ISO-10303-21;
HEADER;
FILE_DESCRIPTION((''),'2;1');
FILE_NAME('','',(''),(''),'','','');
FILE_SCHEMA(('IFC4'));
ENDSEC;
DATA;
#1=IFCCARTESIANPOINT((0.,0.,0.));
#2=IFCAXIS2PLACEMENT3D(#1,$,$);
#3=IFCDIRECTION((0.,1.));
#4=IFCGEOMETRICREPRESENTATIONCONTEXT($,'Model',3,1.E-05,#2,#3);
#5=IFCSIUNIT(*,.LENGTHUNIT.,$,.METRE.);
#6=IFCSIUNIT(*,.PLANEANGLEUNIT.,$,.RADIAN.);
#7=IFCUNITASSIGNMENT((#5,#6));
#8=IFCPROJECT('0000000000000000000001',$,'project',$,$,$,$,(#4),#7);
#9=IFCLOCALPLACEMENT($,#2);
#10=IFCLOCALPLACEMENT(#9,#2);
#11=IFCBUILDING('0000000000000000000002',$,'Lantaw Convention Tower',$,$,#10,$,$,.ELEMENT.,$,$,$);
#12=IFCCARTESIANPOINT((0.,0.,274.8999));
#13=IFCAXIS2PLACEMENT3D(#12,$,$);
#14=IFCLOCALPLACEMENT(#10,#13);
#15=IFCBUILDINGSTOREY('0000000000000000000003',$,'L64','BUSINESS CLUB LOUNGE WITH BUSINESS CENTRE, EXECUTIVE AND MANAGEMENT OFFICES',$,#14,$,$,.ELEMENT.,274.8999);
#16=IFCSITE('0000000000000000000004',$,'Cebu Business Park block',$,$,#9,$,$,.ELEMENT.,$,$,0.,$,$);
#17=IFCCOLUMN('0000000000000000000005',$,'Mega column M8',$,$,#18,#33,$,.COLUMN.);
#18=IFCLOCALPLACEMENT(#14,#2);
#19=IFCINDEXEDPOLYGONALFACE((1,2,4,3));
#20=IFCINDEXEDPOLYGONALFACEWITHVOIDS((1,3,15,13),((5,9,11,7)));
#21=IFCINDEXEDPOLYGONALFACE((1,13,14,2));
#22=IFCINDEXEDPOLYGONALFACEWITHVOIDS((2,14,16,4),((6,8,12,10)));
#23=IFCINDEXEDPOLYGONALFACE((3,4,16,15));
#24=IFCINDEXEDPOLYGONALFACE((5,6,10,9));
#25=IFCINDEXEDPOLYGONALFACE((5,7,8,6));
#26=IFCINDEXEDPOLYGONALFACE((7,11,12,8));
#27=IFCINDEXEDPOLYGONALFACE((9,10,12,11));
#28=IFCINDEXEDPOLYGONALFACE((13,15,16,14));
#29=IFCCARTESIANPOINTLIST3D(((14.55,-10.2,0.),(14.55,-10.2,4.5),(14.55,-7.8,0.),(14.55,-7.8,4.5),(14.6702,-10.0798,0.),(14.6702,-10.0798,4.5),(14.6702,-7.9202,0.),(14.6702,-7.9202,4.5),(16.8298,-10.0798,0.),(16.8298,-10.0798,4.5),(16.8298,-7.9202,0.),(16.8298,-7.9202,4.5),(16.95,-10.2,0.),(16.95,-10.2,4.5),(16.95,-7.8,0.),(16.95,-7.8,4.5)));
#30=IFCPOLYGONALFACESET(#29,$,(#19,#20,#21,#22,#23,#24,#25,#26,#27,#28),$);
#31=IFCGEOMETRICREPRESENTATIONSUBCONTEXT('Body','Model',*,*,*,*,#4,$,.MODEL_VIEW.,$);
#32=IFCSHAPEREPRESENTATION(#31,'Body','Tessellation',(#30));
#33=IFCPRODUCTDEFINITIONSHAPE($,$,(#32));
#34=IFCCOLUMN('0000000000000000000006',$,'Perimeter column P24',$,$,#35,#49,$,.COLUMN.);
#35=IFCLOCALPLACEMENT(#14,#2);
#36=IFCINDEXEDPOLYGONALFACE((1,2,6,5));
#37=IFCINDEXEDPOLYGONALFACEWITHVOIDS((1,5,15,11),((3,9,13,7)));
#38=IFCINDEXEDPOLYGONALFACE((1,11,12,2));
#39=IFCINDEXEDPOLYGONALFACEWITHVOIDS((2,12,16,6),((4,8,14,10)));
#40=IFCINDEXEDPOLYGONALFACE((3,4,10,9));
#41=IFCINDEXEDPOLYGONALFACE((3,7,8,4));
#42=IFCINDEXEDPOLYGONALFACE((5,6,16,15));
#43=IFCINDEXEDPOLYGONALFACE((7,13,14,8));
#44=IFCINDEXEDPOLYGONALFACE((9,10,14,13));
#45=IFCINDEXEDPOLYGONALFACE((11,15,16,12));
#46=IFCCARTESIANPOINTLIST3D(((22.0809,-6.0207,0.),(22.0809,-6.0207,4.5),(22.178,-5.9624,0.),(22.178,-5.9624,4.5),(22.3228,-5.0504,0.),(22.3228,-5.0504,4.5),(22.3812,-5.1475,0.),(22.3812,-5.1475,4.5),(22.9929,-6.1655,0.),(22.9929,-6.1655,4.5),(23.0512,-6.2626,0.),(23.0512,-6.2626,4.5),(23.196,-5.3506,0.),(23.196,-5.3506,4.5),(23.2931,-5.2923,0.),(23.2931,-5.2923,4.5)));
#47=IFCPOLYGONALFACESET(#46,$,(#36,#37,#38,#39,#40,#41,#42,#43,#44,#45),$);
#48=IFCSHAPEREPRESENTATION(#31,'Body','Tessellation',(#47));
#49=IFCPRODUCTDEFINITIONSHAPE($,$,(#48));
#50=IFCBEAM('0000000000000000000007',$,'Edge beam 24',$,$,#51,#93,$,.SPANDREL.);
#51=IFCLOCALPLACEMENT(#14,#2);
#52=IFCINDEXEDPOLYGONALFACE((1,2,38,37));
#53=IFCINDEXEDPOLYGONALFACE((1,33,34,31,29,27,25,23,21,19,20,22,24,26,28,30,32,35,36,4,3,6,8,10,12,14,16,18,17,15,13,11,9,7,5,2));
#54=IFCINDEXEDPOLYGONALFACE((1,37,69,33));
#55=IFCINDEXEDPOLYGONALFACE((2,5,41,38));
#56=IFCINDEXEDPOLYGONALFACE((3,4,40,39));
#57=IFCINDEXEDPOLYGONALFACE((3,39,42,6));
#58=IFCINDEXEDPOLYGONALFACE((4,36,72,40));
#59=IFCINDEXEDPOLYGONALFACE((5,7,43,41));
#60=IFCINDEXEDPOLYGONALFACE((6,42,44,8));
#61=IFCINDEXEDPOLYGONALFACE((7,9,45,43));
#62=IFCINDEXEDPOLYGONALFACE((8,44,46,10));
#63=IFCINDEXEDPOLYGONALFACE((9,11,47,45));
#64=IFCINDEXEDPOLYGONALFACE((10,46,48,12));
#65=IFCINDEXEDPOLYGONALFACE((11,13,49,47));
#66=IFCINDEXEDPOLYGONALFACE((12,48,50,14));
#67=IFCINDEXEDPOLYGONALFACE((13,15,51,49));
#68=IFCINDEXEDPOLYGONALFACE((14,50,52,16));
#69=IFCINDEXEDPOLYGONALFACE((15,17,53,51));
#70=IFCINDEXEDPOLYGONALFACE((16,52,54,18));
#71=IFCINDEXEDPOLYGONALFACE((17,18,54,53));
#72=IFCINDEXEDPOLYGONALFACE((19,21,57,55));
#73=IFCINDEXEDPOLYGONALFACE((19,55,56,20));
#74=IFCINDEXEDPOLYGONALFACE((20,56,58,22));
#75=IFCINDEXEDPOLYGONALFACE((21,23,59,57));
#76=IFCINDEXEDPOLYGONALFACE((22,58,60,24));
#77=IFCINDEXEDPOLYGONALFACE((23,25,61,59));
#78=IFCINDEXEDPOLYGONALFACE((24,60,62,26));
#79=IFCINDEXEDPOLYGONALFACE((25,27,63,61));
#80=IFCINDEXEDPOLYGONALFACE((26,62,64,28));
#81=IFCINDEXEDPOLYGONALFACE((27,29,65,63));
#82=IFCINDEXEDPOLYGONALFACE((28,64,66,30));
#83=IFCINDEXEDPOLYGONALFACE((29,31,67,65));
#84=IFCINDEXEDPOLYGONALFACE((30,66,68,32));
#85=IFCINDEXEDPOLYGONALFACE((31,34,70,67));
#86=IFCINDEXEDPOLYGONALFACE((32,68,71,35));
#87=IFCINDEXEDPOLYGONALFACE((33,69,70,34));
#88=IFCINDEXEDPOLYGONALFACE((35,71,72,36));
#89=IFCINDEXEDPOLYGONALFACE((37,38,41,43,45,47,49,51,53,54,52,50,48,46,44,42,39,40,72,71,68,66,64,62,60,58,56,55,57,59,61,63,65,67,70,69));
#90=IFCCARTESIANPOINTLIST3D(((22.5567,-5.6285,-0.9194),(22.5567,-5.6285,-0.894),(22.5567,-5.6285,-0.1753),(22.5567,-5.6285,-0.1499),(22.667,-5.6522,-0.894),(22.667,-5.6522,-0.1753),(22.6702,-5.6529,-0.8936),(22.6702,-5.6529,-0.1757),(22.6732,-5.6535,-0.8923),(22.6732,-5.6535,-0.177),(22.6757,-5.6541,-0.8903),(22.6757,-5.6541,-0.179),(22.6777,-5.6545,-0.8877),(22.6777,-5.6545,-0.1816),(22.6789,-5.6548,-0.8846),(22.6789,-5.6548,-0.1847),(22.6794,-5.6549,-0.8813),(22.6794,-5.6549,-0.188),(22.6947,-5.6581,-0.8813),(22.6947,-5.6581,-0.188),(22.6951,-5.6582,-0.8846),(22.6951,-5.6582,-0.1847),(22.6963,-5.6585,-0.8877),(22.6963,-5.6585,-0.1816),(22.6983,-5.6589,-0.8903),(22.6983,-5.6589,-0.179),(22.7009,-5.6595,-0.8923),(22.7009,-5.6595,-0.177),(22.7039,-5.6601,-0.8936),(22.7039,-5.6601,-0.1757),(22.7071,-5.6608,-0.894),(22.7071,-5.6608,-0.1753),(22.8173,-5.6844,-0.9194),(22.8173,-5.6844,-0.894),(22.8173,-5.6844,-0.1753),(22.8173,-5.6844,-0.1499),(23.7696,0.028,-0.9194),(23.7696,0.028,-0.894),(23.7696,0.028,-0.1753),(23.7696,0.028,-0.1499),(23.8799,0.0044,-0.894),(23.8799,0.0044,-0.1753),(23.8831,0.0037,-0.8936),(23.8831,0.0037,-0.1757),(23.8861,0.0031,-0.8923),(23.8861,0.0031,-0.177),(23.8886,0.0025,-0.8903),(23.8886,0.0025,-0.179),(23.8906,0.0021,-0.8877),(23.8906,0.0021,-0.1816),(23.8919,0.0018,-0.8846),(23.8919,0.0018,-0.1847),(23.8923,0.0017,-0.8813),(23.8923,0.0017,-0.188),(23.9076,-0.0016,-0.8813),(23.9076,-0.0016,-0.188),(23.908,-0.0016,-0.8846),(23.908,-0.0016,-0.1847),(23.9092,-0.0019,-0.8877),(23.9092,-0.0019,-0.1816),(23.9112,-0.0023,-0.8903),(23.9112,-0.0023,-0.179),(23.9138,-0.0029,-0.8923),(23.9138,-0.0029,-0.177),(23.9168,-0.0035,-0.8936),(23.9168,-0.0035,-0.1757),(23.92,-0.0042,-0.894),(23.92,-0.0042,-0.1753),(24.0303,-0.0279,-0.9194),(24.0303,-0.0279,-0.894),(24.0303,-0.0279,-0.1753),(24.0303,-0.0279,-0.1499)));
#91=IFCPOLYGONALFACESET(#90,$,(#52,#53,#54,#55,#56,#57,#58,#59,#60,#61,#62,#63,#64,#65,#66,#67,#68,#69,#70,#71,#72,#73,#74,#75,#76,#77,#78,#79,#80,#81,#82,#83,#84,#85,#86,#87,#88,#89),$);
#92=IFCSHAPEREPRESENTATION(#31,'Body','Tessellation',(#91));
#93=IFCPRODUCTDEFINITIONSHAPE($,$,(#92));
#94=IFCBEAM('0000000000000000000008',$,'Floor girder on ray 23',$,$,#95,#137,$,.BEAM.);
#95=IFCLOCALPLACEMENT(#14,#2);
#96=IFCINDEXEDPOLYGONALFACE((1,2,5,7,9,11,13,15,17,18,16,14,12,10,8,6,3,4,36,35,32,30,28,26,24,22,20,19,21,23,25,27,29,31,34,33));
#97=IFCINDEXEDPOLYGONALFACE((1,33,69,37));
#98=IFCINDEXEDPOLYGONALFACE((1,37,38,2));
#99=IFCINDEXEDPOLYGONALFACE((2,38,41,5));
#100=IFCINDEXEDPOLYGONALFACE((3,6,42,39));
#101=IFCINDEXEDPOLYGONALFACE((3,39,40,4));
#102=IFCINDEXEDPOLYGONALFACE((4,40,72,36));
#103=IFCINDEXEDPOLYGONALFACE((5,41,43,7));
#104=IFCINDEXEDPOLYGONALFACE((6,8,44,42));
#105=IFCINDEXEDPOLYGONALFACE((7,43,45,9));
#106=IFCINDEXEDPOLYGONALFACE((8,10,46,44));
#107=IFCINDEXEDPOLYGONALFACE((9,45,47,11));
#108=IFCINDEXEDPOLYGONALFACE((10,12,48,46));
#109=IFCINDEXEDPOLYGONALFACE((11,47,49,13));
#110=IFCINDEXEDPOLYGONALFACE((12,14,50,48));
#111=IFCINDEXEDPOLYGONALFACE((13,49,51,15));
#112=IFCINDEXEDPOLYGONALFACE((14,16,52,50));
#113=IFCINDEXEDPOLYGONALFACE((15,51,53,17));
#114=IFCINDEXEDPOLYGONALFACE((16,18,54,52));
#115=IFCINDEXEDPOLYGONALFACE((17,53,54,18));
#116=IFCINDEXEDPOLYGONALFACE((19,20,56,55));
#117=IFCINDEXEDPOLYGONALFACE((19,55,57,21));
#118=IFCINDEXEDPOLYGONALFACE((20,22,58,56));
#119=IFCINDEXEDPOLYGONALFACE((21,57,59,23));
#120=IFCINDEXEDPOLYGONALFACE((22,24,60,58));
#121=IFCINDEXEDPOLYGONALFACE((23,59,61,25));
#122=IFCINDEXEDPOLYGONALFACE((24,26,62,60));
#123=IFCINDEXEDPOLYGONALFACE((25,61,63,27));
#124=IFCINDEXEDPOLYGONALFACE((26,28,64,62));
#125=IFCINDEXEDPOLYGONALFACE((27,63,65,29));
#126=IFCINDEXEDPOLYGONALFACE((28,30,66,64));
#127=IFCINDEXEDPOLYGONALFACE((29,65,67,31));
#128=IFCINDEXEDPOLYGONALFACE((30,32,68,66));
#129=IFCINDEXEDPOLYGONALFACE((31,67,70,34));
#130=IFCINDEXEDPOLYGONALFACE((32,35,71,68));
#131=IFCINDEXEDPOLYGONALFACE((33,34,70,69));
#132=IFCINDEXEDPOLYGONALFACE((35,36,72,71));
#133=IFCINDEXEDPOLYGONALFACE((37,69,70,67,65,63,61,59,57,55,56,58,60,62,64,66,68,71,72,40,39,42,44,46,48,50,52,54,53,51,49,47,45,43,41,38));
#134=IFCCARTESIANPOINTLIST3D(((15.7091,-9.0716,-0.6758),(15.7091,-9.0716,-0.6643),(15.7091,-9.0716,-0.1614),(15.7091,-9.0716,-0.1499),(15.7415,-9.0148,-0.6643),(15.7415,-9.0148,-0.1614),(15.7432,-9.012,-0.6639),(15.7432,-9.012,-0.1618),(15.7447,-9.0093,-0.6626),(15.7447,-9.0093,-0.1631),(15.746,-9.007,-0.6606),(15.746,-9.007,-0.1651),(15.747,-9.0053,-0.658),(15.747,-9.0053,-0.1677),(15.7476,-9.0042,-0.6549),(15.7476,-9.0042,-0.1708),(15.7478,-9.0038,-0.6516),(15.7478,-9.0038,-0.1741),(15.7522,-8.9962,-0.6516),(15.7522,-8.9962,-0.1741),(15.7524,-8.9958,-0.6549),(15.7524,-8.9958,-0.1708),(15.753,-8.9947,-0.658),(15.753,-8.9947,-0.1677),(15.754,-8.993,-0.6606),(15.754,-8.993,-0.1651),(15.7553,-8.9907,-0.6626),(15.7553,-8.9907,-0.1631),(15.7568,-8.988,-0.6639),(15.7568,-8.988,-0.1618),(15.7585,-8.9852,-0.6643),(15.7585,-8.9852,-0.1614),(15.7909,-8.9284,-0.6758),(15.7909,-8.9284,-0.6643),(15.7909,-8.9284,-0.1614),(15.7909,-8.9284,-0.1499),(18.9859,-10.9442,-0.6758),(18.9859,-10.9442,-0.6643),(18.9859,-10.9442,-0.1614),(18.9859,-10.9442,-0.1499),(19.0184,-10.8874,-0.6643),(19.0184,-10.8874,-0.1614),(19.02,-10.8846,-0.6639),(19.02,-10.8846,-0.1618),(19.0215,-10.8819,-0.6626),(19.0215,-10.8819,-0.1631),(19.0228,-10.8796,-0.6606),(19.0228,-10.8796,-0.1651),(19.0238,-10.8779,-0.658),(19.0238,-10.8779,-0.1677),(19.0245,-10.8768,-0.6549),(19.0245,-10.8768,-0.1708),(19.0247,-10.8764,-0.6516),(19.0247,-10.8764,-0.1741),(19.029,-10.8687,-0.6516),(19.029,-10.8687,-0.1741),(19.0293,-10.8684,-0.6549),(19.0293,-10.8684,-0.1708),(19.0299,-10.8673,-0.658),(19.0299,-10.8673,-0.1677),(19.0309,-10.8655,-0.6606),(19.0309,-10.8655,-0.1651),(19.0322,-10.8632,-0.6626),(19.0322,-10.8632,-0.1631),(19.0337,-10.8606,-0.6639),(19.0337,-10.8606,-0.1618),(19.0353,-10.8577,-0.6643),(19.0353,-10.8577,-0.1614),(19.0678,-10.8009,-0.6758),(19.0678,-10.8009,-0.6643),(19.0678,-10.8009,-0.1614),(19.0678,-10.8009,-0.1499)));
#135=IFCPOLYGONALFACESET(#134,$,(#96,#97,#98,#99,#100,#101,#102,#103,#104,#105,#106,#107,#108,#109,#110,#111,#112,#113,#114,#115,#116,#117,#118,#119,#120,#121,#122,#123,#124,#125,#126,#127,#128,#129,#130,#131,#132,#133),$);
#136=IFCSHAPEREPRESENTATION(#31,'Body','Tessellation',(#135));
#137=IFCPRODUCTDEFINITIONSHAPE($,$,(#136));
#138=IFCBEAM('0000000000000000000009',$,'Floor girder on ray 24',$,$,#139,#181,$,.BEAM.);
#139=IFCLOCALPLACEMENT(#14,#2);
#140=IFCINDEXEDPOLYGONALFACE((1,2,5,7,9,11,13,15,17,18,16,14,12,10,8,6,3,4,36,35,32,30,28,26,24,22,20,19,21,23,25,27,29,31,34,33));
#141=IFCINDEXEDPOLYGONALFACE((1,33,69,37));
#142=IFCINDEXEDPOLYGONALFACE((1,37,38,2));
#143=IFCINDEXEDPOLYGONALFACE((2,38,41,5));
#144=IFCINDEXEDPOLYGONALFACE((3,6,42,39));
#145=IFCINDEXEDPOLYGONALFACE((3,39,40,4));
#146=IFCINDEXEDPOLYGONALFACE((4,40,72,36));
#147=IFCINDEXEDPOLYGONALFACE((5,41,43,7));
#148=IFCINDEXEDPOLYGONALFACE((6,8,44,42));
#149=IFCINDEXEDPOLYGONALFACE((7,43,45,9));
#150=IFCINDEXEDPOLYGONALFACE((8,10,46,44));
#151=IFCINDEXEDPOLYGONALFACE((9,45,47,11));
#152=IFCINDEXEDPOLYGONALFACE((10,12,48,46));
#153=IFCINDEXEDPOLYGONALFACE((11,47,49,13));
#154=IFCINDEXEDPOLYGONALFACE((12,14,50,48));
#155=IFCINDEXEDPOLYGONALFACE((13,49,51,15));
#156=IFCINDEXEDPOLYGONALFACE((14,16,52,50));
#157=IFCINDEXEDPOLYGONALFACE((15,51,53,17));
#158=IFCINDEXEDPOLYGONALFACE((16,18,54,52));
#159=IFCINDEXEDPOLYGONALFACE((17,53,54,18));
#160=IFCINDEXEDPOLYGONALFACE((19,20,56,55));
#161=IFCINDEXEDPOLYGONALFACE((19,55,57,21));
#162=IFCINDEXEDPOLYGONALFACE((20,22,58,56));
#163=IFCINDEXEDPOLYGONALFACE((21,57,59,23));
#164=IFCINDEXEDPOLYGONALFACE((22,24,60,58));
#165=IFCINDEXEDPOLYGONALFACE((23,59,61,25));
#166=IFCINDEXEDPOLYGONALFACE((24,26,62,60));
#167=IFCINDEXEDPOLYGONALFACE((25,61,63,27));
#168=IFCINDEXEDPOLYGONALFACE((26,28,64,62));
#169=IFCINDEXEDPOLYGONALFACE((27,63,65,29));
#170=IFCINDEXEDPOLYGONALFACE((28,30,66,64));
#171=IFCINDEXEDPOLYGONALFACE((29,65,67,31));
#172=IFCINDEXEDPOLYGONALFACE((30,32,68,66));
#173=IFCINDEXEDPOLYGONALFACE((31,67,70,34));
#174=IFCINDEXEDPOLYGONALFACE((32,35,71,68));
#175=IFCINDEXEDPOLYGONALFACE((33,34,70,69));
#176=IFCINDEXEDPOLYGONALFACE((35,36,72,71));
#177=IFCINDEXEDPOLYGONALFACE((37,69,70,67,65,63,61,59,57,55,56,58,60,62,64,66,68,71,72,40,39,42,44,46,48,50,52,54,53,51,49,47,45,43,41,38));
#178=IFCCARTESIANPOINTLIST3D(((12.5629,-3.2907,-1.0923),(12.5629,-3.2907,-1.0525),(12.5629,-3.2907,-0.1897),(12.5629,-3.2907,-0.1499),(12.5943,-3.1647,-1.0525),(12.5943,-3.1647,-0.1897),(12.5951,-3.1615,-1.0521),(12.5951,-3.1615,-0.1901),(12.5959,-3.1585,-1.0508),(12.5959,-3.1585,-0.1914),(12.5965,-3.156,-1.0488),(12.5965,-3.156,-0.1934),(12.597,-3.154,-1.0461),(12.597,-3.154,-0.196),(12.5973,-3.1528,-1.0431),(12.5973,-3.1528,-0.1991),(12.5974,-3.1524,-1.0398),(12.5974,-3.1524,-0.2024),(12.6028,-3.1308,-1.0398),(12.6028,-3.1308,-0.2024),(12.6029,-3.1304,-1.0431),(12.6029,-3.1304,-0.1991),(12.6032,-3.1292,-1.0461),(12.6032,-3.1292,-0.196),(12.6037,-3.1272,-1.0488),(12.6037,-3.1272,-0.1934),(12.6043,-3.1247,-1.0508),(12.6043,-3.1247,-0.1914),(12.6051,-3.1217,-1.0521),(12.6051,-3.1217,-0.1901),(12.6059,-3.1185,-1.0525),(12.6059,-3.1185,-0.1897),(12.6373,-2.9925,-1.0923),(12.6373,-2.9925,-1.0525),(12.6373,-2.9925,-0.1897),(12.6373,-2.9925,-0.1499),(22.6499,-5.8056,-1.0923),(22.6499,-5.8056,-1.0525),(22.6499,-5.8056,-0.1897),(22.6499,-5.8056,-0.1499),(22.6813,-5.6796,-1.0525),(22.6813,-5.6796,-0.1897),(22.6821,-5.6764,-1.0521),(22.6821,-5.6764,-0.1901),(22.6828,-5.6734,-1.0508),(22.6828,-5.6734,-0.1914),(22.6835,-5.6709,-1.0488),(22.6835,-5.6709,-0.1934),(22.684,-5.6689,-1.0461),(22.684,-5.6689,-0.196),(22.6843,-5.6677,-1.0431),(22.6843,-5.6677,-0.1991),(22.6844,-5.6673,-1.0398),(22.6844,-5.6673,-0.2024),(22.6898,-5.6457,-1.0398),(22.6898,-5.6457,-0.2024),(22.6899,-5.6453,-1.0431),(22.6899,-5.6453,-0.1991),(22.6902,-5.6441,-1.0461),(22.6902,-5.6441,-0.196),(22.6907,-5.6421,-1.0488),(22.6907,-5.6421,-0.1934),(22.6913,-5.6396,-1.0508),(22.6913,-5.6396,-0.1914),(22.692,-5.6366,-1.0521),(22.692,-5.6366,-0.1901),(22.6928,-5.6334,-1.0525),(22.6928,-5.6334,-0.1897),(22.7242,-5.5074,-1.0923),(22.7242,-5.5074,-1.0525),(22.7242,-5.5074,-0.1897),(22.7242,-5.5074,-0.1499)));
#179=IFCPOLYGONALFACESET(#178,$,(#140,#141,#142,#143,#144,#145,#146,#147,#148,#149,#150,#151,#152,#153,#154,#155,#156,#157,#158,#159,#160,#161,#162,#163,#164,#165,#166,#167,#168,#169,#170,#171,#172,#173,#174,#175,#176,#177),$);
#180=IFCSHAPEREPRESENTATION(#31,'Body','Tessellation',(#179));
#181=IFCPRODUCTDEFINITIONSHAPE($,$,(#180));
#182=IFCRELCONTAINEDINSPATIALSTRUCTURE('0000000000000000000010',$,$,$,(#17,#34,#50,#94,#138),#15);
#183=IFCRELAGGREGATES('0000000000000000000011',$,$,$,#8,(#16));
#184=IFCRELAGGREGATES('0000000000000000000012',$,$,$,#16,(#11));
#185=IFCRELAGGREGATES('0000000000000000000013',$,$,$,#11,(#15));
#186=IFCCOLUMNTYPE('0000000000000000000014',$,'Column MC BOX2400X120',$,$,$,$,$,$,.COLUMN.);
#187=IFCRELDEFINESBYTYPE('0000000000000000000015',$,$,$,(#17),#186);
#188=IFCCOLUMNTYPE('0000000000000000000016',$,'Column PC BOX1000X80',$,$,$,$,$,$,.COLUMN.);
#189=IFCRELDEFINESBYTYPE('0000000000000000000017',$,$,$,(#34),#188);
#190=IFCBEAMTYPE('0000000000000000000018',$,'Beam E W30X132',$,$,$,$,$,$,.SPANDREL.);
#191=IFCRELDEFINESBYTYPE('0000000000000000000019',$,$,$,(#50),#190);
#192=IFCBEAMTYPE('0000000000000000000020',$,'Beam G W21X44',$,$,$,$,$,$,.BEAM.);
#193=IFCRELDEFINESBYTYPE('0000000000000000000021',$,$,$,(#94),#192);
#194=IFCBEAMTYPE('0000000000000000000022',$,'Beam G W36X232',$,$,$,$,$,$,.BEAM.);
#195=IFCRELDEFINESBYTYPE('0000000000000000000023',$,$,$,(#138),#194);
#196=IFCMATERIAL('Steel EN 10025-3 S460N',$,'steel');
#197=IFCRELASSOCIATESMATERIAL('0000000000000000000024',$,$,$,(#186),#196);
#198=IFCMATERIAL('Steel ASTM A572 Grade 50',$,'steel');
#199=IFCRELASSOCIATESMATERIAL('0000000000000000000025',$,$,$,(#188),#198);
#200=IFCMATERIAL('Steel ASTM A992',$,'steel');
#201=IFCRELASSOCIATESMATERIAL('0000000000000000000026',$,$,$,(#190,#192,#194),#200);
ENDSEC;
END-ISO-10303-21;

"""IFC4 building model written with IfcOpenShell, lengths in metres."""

from ifc_helpers import new_model, si_unit, direction, frame, origin, origin_2d, place, context, subcontext, project, spatial, rectangle, hollow_rectangle, i_section, extrude, material, material_profile, profile_set, type_object, element, save


model = new_model("IFC4")

# Units and contexts
model_context = context("Model", 3, precision=1e-05, world=origin(), true_north=direction((0.0, 1.0)))
body_context = subcontext(model_context, "Body", "Model", "MODEL_VIEW")
ifc_project = project(units=[si_unit("LENGTHUNIT", "METRE"), si_unit("PLANEANGLEUNIT", "RADIAN")], contexts=[model_context])

# Site, building, storey
site_placement = place(None, origin())
site = spatial("IfcSite", under=ifc_project, at=site_placement, Name="Cebu Business Park block", CompositionType="ELEMENT", RefElevation=0.0)
building_placement = place(site_placement, origin())
building = spatial("IfcBuilding", under=site, at=building_placement, Name="Lantaw Convention Tower", CompositionType="ELEMENT")
storey_placement = place(building_placement, frame((0.0, 0.0, 274.8999)))
storey = spatial("IfcBuildingStorey", under=building, at=storey_placement, Name="L64", Description="BUSINESS CLUB LOUNGE WITH BUSINESS CENTRE, EXECUTIVE AND MANAGEMENT OFFICES", CompositionType="ELEMENT", Elevation=274.8999)

# Columns
ifc_material_1 = material(Name="Steel EN 10025-3 S460N", Category="steel")
ifc_material_profile_1 = material_profile(ifc_material_1, hollow_rectangle(XDim=2.3999, YDim=2.3999, WallThickness=0.1201, at=origin_2d()), Name="BOX2400X120")
ifc_material_2 = material(Name="Concrete C60/75", Category="concrete")
ifc_material_profile_2 = material_profile(ifc_material_2, rectangle(XDim=2.1599, YDim=2.1599, at=origin_2d()), Name="Concrete fill of BOX2400X120")
ifc_profile_set_1 = profile_set([ifc_material_profile_1, ifc_material_profile_2], Name="Steel EN 10025-3 S460N")
column_type_1 = type_object("IfcColumnType", Name="Column MC BOX2400X120", PredefinedType="COLUMN", material=ifc_profile_set_1)
column_1_placement = place(storey_placement, frame((15.75, -9.0, 0.0), z_axis=(0.0, 0.0, 1.0), x_axis=(1.0, 0.0, 0.0)))
element("IfcColumn", 1, at=column_1_placement, inside=storey, type_object=column_type_1, Name="Mega column M8", PredefinedType="COLUMN", context=body_context, shape_type="SweptSolid", body=[
    extrude(hollow_rectangle(XDim=2.3999, YDim=2.3999, WallThickness=0.1201, at=origin_2d()), origin(), (0.0, 0.0, 1.0), 4.5),
])
ifc_material_3 = material(Name="Steel ASTM A572 Grade 50", Category="steel")
ifc_material_profile_3 = material_profile(ifc_material_3, hollow_rectangle(XDim=1.0, YDim=1.0, WallThickness=0.0801, at=origin_2d()), Name="BOX1000X80")
ifc_material_profile_4 = material_profile(ifc_material_2, rectangle(XDim=0.8401, YDim=0.8401, at=origin_2d()), Name="Concrete fill of BOX1000X80")
ifc_profile_set_2 = profile_set([ifc_material_profile_3, ifc_material_profile_4], Name="Steel ASTM A572 Grade 50")
column_type_2 = type_object("IfcColumnType", Name="Column PC BOX1000X80", PredefinedType="COLUMN", material=ifc_profile_set_2)
column_2_placement = place(storey_placement, frame((22.687, -5.6565, 0.0), z_axis=(0.0, 0.0, 1.0), x_axis=(0.241922, 0.970296, 0.0)))
element("IfcColumn", 2, at=column_2_placement, inside=storey, type_object=column_type_2, Name="Perimeter column P24", PredefinedType="COLUMN", context=body_context, shape_type="SweptSolid", body=[
    extrude(hollow_rectangle(XDim=1.0, YDim=1.0, WallThickness=0.0801, at=origin_2d()), origin(), (0.0, 0.0, 1.0), 4.5),
])

# Beams
ifc_material_4 = material(Name="Steel ASTM A992", Category="steel")
ifc_material_profile_5 = material_profile(ifc_material_4, i_section(OverallWidth=0.2666, OverallDepth=0.7695, WebThickness=0.0156, FlangeThickness=0.0254, FilletRadius=0.0127, at=origin_2d()), Name="W30X132")
ifc_profile_set_3 = profile_set([ifc_material_profile_5], Name="Steel ASTM A992")
beam_type_1 = type_object("IfcBeamType", Name="Beam E W30X132", PredefinedType="SPANDREL", material=ifc_profile_set_3)
beam_1_placement = place(storey_placement, frame((22.687, -5.6565, -0.5347), z_axis=(0.209659, 0.977775, 0.0), x_axis=(-0.977775, 0.209659, 0.0)))
element("IfcBeam", 3, at=beam_1_placement, inside=storey, type_object=beam_type_1, Name="Edge beam 24", PredefinedType="SPANDREL", context=body_context, shape_type="SweptSolid", body=[
    extrude(i_section(OverallWidth=0.2666, OverallDepth=0.7695, WebThickness=0.0156, FlangeThickness=0.0254, FilletRadius=0.0127, at=origin_2d()), origin(), (0.0, 0.0, 1.0), 5.7852),
])
ifc_material_profile_6 = material_profile(ifc_material_4, i_section(OverallWidth=0.165, OverallDepth=0.5259, WebThickness=0.0088, FlangeThickness=0.0115, FilletRadius=0.0127, at=origin_2d()), Name="W21X44")
ifc_profile_set_4 = profile_set([ifc_material_profile_6], Name="Steel ASTM A992")
beam_type_2 = type_object("IfcBeamType", Name="Beam G W21X44", PredefinedType="BEAM", material=ifc_profile_set_4)
beam_2_placement = place(storey_placement, frame((15.75, -9.0, -0.4128), z_axis=(0.868235, -0.496153, 0.0), x_axis=(0.496153, 0.868235, 0.0)))
element("IfcBeam", 4, at=beam_2_placement, inside=storey, type_object=beam_type_2, Name="Floor girder on ray 23", PredefinedType="BEAM", context=body_context, shape_type="SweptSolid", body=[
    extrude(i_section(OverallWidth=0.165, OverallDepth=0.5259, WebThickness=0.0088, FlangeThickness=0.0115, FilletRadius=0.0127, at=origin_2d()), origin(), (0.0, 0.0, 1.0), 3.7742),
])
ifc_material_profile_7 = material_profile(ifc_material_4, i_section(OverallWidth=0.3074, OverallDepth=0.9424, WebThickness=0.0222, FlangeThickness=0.0398, FilletRadius=0.0127, at=origin_2d()), Name="W36X232")
ifc_profile_set_5 = profile_set([ifc_material_profile_7], Name="Steel ASTM A992")
beam_type_3 = type_object("IfcBeamType", Name="Beam G W36X232", PredefinedType="BEAM", material=ifc_profile_set_5)
beam_3_placement = place(storey_placement, frame((12.6001, -3.1416, -0.6211), z_axis=(0.970297, -0.241917, 0.0), x_axis=(0.241917, 0.970297, 0.0)))
element("IfcBeam", 5, at=beam_3_placement, inside=storey, type_object=beam_type_3, Name="Floor girder on ray 24", PredefinedType="BEAM", context=body_context, shape_type="SweptSolid", body=[
    extrude(i_section(OverallWidth=0.3074, OverallDepth=0.9424, WebThickness=0.0222, FlangeThickness=0.0398, FilletRadius=0.0127, at=origin_2d()), origin(), (0.0, 0.0, 1.0), 10.3958),
])

save(model, "model.ifc")
